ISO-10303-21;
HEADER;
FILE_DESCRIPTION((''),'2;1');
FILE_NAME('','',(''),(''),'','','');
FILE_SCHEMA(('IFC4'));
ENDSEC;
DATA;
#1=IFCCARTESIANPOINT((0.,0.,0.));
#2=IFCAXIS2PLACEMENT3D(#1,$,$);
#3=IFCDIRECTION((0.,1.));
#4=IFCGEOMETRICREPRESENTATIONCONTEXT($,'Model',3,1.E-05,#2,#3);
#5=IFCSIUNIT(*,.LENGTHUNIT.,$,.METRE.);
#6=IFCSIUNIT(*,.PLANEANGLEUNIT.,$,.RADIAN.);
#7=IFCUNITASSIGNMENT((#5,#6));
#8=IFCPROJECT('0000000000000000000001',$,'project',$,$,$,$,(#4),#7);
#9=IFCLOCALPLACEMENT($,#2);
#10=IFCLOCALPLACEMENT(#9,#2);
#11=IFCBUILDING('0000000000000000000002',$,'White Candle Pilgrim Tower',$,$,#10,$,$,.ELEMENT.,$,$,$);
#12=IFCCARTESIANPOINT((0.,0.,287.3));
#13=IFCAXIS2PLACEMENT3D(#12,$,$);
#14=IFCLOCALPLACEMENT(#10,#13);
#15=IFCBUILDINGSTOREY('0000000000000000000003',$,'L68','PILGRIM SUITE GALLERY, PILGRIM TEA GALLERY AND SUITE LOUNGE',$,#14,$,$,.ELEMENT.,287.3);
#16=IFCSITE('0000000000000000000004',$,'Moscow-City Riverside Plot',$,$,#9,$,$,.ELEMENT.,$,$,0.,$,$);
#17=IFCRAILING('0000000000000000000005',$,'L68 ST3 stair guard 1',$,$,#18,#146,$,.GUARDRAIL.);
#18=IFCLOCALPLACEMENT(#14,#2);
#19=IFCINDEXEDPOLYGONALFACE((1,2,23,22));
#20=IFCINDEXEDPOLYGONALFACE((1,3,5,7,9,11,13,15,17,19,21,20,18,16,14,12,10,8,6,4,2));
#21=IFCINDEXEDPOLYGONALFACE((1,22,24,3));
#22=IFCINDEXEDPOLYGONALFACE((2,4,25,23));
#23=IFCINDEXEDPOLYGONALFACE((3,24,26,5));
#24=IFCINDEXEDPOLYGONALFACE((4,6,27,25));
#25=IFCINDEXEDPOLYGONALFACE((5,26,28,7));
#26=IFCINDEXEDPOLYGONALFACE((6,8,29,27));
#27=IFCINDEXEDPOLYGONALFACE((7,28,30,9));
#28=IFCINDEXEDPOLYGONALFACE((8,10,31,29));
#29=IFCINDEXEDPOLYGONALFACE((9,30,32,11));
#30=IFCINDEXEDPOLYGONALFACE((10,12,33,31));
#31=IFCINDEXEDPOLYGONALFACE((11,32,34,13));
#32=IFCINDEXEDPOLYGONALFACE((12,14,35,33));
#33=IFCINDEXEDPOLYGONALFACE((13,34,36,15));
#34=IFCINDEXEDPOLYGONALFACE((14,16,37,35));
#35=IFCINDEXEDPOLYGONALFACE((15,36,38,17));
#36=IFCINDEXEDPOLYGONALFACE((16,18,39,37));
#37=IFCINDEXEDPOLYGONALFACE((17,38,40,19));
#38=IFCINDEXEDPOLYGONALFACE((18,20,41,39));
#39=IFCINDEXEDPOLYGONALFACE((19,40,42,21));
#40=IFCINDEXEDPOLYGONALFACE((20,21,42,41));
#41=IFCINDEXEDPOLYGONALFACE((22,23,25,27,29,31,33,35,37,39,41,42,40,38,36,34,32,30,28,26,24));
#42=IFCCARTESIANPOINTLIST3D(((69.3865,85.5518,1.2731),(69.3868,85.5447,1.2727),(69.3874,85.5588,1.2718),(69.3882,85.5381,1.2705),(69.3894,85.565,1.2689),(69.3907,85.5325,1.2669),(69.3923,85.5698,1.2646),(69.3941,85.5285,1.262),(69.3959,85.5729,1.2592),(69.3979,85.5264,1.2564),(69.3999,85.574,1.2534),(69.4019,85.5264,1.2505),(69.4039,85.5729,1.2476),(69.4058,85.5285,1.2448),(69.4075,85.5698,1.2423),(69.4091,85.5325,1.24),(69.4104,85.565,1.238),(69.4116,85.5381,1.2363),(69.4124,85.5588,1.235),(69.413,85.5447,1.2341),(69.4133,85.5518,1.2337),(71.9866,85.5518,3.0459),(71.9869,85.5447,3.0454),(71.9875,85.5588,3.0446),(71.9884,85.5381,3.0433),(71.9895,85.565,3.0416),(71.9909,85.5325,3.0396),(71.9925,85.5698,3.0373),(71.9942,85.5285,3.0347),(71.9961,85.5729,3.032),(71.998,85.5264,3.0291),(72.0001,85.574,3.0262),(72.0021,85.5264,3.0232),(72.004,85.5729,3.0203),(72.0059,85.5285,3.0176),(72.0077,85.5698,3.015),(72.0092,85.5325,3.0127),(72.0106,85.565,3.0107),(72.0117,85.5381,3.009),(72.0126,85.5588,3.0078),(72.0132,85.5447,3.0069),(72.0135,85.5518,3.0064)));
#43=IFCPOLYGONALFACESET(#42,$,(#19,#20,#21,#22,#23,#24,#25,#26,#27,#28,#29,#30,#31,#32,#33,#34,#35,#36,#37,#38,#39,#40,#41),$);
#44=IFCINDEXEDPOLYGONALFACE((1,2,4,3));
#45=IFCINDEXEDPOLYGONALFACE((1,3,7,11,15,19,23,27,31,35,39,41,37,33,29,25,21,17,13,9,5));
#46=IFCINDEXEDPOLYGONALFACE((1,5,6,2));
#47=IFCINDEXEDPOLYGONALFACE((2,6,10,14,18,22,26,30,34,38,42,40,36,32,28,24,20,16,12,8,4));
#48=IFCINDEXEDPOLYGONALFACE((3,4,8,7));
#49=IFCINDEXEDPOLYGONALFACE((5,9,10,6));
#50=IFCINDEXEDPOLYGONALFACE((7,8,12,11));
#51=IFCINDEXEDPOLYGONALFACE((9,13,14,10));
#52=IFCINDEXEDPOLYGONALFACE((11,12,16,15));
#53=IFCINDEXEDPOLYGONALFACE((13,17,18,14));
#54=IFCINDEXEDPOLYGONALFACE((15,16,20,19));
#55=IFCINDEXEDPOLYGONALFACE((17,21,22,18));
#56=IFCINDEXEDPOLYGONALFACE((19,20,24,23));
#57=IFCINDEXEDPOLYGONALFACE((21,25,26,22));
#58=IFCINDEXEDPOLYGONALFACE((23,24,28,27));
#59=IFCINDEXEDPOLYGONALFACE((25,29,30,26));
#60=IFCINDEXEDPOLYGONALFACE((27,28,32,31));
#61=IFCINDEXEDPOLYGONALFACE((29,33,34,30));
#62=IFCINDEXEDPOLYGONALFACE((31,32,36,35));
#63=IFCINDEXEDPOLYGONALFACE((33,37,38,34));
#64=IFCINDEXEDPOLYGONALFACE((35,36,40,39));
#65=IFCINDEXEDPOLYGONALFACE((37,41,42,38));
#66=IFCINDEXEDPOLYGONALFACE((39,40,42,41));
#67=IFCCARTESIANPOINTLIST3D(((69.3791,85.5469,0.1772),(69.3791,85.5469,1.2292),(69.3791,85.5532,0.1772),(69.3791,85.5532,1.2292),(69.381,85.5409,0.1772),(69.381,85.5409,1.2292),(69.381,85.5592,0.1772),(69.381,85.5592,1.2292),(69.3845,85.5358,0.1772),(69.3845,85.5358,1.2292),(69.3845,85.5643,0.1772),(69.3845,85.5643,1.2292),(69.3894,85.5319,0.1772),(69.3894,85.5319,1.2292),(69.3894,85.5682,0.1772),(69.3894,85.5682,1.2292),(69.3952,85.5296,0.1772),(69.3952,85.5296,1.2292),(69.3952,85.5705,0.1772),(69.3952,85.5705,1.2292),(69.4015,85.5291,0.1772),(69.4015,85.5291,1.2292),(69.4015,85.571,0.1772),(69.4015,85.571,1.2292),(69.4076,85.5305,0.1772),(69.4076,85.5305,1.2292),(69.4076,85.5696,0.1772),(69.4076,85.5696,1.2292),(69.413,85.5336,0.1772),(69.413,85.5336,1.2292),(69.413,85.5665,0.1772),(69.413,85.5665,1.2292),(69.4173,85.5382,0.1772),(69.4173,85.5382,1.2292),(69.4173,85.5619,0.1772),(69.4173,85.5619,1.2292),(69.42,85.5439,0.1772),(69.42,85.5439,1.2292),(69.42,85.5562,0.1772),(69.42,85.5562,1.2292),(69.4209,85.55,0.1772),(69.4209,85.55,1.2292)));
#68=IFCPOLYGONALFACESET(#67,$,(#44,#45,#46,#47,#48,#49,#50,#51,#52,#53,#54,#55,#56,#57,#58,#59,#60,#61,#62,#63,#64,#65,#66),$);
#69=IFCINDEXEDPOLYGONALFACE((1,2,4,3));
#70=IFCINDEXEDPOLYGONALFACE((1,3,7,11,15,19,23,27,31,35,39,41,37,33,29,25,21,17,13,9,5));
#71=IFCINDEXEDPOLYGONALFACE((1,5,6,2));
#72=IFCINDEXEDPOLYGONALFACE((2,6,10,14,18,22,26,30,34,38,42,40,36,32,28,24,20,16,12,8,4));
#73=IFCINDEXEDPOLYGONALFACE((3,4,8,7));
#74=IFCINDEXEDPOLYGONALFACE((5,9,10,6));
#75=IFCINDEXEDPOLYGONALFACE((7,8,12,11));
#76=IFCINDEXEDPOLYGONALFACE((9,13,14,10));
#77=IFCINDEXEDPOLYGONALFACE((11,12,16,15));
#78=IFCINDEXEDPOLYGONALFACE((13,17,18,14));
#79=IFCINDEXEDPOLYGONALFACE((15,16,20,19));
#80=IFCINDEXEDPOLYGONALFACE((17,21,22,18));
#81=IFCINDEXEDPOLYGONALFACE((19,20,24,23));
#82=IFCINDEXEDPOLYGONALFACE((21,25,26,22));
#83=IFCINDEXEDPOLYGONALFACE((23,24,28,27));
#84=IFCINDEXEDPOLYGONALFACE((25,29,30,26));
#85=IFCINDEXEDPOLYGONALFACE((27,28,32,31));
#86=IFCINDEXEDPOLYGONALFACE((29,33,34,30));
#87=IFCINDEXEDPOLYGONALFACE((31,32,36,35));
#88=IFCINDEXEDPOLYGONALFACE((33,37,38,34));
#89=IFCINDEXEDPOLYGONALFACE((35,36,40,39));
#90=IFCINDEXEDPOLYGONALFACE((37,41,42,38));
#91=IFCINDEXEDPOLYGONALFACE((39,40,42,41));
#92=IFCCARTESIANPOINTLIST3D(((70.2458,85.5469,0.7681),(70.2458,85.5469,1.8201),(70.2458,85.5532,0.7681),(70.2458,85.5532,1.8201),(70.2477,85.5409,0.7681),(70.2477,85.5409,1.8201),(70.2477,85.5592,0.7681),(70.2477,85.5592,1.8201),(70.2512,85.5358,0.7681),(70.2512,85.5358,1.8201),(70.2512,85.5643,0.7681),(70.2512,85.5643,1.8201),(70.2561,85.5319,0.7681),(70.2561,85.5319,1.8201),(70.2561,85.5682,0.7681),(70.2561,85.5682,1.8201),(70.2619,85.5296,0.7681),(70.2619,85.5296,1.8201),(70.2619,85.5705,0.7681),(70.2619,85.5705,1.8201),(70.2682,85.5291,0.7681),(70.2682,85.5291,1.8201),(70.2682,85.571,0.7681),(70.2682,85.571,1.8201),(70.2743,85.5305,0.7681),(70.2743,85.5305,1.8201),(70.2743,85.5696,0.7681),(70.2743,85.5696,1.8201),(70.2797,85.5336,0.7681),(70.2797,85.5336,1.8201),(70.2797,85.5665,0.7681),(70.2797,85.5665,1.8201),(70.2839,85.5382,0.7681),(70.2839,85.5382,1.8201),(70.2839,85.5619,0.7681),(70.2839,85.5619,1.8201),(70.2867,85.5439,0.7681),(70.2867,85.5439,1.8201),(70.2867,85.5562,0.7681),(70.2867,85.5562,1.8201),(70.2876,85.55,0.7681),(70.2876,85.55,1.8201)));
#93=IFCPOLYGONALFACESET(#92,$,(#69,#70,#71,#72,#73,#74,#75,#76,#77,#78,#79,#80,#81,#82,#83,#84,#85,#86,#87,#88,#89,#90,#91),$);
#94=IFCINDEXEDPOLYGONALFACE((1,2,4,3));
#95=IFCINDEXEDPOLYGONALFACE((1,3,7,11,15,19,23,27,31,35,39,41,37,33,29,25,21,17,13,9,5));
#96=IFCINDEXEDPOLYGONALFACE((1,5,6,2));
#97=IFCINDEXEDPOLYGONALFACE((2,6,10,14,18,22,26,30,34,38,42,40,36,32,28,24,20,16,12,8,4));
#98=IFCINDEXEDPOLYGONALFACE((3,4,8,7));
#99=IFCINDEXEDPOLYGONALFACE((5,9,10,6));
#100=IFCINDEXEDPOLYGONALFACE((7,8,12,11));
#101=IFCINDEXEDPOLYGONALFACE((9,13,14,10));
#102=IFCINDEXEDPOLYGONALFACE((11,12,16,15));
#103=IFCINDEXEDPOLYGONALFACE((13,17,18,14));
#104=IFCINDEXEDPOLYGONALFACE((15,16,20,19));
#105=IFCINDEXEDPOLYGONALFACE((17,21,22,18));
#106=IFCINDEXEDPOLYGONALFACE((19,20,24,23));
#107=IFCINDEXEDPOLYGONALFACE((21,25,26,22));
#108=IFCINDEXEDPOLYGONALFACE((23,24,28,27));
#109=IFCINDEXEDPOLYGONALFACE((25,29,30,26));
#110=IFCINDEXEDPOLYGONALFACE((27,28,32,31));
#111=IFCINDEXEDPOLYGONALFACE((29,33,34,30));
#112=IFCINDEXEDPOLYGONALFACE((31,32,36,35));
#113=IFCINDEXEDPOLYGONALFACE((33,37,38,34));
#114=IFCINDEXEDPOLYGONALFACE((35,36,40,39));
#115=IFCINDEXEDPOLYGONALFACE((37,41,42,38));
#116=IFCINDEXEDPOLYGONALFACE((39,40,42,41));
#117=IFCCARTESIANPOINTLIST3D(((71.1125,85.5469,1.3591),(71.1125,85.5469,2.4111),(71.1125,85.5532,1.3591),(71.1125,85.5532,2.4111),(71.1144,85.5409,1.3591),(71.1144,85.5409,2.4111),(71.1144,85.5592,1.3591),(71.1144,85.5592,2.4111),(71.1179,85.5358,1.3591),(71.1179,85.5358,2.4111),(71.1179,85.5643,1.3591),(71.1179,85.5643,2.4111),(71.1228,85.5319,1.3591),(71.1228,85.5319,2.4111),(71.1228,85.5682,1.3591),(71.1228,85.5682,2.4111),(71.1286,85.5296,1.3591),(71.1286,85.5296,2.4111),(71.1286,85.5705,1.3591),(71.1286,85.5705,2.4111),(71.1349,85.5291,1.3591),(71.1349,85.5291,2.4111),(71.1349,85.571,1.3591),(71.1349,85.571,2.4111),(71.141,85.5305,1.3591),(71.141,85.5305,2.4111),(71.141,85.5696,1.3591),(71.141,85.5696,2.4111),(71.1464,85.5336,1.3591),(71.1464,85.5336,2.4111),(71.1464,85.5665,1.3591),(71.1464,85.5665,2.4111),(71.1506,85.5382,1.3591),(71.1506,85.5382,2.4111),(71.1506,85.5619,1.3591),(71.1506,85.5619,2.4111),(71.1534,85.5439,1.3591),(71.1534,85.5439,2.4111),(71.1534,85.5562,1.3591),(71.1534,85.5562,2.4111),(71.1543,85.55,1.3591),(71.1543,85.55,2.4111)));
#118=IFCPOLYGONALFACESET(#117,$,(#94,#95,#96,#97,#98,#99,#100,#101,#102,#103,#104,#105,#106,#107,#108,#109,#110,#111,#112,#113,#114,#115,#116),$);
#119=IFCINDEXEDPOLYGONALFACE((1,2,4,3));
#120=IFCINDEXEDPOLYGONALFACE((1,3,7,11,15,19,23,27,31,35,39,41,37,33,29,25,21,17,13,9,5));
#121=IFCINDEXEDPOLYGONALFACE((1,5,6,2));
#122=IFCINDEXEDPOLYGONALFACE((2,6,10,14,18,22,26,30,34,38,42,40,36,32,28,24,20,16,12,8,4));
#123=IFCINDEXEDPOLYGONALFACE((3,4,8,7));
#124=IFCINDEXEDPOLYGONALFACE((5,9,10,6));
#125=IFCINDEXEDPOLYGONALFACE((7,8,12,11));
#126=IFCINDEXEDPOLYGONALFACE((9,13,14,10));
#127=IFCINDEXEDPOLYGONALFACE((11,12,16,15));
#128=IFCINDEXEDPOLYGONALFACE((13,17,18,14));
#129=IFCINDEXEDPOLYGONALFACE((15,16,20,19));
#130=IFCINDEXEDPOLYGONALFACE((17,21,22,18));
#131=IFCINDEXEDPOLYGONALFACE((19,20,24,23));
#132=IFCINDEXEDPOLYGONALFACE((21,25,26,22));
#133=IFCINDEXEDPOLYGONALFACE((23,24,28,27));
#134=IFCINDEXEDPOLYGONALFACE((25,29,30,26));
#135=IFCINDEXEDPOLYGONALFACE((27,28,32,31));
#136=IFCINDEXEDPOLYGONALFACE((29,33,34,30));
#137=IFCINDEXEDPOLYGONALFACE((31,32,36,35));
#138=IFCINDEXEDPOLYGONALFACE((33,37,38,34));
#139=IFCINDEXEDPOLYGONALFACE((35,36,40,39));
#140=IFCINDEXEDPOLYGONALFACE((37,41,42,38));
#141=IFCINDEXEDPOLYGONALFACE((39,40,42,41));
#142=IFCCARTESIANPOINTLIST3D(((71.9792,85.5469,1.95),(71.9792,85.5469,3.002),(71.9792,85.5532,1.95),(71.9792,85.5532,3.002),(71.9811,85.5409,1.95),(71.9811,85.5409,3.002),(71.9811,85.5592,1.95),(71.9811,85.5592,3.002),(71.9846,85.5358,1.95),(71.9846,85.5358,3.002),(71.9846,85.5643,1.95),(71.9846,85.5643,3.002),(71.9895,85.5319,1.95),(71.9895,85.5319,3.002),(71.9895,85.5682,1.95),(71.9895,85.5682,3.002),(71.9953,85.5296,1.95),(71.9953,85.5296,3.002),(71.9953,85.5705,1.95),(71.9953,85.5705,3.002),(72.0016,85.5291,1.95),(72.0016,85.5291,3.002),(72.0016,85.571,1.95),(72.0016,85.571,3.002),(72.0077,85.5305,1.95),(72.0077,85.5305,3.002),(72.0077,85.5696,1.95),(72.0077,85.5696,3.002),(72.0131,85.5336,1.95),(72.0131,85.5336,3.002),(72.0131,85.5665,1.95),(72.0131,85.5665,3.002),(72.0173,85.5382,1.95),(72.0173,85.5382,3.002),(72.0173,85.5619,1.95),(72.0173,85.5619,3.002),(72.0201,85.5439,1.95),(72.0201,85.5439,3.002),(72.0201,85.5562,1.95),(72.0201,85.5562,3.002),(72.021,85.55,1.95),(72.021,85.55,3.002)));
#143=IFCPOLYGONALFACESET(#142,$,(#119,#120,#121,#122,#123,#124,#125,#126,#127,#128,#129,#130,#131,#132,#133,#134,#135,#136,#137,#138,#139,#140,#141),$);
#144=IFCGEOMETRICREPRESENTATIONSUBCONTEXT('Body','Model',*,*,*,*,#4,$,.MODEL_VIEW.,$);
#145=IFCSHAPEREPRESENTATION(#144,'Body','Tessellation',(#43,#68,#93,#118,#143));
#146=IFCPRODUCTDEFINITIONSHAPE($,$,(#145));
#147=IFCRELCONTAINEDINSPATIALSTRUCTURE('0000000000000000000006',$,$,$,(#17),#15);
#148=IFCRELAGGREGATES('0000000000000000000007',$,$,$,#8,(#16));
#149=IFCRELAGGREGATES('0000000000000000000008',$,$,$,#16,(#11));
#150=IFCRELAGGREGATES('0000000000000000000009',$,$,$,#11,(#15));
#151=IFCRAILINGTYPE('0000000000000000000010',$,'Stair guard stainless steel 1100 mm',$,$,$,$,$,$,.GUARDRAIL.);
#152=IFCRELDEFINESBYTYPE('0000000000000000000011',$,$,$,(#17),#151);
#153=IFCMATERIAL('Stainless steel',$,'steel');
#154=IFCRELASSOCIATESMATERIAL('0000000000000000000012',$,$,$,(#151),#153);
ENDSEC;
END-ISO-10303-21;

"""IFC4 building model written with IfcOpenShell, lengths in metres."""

from ifc_helpers import new_model, si_unit, direction, frame, origin, origin_2d, place, context, subcontext, project, spatial, circle, extrude, material, type_object, element, save


model = new_model("IFC4")

# Units and contexts
model_context = context("Model", 3, precision=1e-05, world=origin(), true_north=direction((0.0, 1.0)))
body_context = subcontext(model_context, "Body", "Model", "MODEL_VIEW")
ifc_project = project(units=[si_unit("LENGTHUNIT", "METRE"), si_unit("PLANEANGLEUNIT", "RADIAN")], contexts=[model_context])

# Site, building, storey
site_placement = place(None, origin())
site = spatial("IfcSite", under=ifc_project, at=site_placement, Name="Moscow-City Riverside Plot", CompositionType="ELEMENT", RefElevation=0.0)
building_placement = place(site_placement, origin())
building = spatial("IfcBuilding", under=site, at=building_placement, Name="White Candle Pilgrim Tower", CompositionType="ELEMENT")
storey_placement = place(building_placement, frame((0.0, 0.0, 287.3)))
storey = spatial("IfcBuildingStorey", under=building, at=storey_placement, Name="L68", Description="PILGRIM SUITE GALLERY, PILGRIM TEA GALLERY AND SUITE LOUNGE", CompositionType="ELEMENT", Elevation=287.3)

# Railing
ifc_material_1 = material(Name="Stainless steel", Category="steel")
railing_type_1 = type_object("IfcRailingType", Name="Stair guard stainless steel 1100 mm", PredefinedType="GUARDRAIL", material=ifc_material_1)
railing_1_placement = place(storey_placement, frame((69.3999, 85.55, 0.1772)))
element("IfcRailing", 1, at=railing_1_placement, inside=storey, type_object=railing_type_1, Name="L68 ST3 stair guard 1", PredefinedType="GUARDRAIL", context=body_context, shape_type="SweptSolid", body=[
    extrude(circle(Radius=0.0239, at=origin_2d()), frame((0.0, 0.0, 1.0762), z_axis=(0.82624, 0.0, 0.563318), x_axis=(0.0, 1.0, 0.0)), (0.0, 0.0, 1.0), 3.147),
    extrude(circle(Radius=0.021, at=origin_2d()), origin(), (0.0, 0.0, 1.0), 1.052),
    extrude(circle(Radius=0.021, at=origin_2d()), frame((0.8667, 0.0, 0.5908)), (0.0, 0.0, 1.0), 1.052),
    extrude(circle(Radius=0.021, at=origin_2d()), frame((1.7334, 0.0, 1.1819)), (0.0, 0.0, 1.0), 1.052),
    extrude(circle(Radius=0.021, at=origin_2d()), frame((2.6001, 0.0, 1.7727)), (0.0, 0.0, 1.0), 1.052),
])

save(model, "model.ifc")
